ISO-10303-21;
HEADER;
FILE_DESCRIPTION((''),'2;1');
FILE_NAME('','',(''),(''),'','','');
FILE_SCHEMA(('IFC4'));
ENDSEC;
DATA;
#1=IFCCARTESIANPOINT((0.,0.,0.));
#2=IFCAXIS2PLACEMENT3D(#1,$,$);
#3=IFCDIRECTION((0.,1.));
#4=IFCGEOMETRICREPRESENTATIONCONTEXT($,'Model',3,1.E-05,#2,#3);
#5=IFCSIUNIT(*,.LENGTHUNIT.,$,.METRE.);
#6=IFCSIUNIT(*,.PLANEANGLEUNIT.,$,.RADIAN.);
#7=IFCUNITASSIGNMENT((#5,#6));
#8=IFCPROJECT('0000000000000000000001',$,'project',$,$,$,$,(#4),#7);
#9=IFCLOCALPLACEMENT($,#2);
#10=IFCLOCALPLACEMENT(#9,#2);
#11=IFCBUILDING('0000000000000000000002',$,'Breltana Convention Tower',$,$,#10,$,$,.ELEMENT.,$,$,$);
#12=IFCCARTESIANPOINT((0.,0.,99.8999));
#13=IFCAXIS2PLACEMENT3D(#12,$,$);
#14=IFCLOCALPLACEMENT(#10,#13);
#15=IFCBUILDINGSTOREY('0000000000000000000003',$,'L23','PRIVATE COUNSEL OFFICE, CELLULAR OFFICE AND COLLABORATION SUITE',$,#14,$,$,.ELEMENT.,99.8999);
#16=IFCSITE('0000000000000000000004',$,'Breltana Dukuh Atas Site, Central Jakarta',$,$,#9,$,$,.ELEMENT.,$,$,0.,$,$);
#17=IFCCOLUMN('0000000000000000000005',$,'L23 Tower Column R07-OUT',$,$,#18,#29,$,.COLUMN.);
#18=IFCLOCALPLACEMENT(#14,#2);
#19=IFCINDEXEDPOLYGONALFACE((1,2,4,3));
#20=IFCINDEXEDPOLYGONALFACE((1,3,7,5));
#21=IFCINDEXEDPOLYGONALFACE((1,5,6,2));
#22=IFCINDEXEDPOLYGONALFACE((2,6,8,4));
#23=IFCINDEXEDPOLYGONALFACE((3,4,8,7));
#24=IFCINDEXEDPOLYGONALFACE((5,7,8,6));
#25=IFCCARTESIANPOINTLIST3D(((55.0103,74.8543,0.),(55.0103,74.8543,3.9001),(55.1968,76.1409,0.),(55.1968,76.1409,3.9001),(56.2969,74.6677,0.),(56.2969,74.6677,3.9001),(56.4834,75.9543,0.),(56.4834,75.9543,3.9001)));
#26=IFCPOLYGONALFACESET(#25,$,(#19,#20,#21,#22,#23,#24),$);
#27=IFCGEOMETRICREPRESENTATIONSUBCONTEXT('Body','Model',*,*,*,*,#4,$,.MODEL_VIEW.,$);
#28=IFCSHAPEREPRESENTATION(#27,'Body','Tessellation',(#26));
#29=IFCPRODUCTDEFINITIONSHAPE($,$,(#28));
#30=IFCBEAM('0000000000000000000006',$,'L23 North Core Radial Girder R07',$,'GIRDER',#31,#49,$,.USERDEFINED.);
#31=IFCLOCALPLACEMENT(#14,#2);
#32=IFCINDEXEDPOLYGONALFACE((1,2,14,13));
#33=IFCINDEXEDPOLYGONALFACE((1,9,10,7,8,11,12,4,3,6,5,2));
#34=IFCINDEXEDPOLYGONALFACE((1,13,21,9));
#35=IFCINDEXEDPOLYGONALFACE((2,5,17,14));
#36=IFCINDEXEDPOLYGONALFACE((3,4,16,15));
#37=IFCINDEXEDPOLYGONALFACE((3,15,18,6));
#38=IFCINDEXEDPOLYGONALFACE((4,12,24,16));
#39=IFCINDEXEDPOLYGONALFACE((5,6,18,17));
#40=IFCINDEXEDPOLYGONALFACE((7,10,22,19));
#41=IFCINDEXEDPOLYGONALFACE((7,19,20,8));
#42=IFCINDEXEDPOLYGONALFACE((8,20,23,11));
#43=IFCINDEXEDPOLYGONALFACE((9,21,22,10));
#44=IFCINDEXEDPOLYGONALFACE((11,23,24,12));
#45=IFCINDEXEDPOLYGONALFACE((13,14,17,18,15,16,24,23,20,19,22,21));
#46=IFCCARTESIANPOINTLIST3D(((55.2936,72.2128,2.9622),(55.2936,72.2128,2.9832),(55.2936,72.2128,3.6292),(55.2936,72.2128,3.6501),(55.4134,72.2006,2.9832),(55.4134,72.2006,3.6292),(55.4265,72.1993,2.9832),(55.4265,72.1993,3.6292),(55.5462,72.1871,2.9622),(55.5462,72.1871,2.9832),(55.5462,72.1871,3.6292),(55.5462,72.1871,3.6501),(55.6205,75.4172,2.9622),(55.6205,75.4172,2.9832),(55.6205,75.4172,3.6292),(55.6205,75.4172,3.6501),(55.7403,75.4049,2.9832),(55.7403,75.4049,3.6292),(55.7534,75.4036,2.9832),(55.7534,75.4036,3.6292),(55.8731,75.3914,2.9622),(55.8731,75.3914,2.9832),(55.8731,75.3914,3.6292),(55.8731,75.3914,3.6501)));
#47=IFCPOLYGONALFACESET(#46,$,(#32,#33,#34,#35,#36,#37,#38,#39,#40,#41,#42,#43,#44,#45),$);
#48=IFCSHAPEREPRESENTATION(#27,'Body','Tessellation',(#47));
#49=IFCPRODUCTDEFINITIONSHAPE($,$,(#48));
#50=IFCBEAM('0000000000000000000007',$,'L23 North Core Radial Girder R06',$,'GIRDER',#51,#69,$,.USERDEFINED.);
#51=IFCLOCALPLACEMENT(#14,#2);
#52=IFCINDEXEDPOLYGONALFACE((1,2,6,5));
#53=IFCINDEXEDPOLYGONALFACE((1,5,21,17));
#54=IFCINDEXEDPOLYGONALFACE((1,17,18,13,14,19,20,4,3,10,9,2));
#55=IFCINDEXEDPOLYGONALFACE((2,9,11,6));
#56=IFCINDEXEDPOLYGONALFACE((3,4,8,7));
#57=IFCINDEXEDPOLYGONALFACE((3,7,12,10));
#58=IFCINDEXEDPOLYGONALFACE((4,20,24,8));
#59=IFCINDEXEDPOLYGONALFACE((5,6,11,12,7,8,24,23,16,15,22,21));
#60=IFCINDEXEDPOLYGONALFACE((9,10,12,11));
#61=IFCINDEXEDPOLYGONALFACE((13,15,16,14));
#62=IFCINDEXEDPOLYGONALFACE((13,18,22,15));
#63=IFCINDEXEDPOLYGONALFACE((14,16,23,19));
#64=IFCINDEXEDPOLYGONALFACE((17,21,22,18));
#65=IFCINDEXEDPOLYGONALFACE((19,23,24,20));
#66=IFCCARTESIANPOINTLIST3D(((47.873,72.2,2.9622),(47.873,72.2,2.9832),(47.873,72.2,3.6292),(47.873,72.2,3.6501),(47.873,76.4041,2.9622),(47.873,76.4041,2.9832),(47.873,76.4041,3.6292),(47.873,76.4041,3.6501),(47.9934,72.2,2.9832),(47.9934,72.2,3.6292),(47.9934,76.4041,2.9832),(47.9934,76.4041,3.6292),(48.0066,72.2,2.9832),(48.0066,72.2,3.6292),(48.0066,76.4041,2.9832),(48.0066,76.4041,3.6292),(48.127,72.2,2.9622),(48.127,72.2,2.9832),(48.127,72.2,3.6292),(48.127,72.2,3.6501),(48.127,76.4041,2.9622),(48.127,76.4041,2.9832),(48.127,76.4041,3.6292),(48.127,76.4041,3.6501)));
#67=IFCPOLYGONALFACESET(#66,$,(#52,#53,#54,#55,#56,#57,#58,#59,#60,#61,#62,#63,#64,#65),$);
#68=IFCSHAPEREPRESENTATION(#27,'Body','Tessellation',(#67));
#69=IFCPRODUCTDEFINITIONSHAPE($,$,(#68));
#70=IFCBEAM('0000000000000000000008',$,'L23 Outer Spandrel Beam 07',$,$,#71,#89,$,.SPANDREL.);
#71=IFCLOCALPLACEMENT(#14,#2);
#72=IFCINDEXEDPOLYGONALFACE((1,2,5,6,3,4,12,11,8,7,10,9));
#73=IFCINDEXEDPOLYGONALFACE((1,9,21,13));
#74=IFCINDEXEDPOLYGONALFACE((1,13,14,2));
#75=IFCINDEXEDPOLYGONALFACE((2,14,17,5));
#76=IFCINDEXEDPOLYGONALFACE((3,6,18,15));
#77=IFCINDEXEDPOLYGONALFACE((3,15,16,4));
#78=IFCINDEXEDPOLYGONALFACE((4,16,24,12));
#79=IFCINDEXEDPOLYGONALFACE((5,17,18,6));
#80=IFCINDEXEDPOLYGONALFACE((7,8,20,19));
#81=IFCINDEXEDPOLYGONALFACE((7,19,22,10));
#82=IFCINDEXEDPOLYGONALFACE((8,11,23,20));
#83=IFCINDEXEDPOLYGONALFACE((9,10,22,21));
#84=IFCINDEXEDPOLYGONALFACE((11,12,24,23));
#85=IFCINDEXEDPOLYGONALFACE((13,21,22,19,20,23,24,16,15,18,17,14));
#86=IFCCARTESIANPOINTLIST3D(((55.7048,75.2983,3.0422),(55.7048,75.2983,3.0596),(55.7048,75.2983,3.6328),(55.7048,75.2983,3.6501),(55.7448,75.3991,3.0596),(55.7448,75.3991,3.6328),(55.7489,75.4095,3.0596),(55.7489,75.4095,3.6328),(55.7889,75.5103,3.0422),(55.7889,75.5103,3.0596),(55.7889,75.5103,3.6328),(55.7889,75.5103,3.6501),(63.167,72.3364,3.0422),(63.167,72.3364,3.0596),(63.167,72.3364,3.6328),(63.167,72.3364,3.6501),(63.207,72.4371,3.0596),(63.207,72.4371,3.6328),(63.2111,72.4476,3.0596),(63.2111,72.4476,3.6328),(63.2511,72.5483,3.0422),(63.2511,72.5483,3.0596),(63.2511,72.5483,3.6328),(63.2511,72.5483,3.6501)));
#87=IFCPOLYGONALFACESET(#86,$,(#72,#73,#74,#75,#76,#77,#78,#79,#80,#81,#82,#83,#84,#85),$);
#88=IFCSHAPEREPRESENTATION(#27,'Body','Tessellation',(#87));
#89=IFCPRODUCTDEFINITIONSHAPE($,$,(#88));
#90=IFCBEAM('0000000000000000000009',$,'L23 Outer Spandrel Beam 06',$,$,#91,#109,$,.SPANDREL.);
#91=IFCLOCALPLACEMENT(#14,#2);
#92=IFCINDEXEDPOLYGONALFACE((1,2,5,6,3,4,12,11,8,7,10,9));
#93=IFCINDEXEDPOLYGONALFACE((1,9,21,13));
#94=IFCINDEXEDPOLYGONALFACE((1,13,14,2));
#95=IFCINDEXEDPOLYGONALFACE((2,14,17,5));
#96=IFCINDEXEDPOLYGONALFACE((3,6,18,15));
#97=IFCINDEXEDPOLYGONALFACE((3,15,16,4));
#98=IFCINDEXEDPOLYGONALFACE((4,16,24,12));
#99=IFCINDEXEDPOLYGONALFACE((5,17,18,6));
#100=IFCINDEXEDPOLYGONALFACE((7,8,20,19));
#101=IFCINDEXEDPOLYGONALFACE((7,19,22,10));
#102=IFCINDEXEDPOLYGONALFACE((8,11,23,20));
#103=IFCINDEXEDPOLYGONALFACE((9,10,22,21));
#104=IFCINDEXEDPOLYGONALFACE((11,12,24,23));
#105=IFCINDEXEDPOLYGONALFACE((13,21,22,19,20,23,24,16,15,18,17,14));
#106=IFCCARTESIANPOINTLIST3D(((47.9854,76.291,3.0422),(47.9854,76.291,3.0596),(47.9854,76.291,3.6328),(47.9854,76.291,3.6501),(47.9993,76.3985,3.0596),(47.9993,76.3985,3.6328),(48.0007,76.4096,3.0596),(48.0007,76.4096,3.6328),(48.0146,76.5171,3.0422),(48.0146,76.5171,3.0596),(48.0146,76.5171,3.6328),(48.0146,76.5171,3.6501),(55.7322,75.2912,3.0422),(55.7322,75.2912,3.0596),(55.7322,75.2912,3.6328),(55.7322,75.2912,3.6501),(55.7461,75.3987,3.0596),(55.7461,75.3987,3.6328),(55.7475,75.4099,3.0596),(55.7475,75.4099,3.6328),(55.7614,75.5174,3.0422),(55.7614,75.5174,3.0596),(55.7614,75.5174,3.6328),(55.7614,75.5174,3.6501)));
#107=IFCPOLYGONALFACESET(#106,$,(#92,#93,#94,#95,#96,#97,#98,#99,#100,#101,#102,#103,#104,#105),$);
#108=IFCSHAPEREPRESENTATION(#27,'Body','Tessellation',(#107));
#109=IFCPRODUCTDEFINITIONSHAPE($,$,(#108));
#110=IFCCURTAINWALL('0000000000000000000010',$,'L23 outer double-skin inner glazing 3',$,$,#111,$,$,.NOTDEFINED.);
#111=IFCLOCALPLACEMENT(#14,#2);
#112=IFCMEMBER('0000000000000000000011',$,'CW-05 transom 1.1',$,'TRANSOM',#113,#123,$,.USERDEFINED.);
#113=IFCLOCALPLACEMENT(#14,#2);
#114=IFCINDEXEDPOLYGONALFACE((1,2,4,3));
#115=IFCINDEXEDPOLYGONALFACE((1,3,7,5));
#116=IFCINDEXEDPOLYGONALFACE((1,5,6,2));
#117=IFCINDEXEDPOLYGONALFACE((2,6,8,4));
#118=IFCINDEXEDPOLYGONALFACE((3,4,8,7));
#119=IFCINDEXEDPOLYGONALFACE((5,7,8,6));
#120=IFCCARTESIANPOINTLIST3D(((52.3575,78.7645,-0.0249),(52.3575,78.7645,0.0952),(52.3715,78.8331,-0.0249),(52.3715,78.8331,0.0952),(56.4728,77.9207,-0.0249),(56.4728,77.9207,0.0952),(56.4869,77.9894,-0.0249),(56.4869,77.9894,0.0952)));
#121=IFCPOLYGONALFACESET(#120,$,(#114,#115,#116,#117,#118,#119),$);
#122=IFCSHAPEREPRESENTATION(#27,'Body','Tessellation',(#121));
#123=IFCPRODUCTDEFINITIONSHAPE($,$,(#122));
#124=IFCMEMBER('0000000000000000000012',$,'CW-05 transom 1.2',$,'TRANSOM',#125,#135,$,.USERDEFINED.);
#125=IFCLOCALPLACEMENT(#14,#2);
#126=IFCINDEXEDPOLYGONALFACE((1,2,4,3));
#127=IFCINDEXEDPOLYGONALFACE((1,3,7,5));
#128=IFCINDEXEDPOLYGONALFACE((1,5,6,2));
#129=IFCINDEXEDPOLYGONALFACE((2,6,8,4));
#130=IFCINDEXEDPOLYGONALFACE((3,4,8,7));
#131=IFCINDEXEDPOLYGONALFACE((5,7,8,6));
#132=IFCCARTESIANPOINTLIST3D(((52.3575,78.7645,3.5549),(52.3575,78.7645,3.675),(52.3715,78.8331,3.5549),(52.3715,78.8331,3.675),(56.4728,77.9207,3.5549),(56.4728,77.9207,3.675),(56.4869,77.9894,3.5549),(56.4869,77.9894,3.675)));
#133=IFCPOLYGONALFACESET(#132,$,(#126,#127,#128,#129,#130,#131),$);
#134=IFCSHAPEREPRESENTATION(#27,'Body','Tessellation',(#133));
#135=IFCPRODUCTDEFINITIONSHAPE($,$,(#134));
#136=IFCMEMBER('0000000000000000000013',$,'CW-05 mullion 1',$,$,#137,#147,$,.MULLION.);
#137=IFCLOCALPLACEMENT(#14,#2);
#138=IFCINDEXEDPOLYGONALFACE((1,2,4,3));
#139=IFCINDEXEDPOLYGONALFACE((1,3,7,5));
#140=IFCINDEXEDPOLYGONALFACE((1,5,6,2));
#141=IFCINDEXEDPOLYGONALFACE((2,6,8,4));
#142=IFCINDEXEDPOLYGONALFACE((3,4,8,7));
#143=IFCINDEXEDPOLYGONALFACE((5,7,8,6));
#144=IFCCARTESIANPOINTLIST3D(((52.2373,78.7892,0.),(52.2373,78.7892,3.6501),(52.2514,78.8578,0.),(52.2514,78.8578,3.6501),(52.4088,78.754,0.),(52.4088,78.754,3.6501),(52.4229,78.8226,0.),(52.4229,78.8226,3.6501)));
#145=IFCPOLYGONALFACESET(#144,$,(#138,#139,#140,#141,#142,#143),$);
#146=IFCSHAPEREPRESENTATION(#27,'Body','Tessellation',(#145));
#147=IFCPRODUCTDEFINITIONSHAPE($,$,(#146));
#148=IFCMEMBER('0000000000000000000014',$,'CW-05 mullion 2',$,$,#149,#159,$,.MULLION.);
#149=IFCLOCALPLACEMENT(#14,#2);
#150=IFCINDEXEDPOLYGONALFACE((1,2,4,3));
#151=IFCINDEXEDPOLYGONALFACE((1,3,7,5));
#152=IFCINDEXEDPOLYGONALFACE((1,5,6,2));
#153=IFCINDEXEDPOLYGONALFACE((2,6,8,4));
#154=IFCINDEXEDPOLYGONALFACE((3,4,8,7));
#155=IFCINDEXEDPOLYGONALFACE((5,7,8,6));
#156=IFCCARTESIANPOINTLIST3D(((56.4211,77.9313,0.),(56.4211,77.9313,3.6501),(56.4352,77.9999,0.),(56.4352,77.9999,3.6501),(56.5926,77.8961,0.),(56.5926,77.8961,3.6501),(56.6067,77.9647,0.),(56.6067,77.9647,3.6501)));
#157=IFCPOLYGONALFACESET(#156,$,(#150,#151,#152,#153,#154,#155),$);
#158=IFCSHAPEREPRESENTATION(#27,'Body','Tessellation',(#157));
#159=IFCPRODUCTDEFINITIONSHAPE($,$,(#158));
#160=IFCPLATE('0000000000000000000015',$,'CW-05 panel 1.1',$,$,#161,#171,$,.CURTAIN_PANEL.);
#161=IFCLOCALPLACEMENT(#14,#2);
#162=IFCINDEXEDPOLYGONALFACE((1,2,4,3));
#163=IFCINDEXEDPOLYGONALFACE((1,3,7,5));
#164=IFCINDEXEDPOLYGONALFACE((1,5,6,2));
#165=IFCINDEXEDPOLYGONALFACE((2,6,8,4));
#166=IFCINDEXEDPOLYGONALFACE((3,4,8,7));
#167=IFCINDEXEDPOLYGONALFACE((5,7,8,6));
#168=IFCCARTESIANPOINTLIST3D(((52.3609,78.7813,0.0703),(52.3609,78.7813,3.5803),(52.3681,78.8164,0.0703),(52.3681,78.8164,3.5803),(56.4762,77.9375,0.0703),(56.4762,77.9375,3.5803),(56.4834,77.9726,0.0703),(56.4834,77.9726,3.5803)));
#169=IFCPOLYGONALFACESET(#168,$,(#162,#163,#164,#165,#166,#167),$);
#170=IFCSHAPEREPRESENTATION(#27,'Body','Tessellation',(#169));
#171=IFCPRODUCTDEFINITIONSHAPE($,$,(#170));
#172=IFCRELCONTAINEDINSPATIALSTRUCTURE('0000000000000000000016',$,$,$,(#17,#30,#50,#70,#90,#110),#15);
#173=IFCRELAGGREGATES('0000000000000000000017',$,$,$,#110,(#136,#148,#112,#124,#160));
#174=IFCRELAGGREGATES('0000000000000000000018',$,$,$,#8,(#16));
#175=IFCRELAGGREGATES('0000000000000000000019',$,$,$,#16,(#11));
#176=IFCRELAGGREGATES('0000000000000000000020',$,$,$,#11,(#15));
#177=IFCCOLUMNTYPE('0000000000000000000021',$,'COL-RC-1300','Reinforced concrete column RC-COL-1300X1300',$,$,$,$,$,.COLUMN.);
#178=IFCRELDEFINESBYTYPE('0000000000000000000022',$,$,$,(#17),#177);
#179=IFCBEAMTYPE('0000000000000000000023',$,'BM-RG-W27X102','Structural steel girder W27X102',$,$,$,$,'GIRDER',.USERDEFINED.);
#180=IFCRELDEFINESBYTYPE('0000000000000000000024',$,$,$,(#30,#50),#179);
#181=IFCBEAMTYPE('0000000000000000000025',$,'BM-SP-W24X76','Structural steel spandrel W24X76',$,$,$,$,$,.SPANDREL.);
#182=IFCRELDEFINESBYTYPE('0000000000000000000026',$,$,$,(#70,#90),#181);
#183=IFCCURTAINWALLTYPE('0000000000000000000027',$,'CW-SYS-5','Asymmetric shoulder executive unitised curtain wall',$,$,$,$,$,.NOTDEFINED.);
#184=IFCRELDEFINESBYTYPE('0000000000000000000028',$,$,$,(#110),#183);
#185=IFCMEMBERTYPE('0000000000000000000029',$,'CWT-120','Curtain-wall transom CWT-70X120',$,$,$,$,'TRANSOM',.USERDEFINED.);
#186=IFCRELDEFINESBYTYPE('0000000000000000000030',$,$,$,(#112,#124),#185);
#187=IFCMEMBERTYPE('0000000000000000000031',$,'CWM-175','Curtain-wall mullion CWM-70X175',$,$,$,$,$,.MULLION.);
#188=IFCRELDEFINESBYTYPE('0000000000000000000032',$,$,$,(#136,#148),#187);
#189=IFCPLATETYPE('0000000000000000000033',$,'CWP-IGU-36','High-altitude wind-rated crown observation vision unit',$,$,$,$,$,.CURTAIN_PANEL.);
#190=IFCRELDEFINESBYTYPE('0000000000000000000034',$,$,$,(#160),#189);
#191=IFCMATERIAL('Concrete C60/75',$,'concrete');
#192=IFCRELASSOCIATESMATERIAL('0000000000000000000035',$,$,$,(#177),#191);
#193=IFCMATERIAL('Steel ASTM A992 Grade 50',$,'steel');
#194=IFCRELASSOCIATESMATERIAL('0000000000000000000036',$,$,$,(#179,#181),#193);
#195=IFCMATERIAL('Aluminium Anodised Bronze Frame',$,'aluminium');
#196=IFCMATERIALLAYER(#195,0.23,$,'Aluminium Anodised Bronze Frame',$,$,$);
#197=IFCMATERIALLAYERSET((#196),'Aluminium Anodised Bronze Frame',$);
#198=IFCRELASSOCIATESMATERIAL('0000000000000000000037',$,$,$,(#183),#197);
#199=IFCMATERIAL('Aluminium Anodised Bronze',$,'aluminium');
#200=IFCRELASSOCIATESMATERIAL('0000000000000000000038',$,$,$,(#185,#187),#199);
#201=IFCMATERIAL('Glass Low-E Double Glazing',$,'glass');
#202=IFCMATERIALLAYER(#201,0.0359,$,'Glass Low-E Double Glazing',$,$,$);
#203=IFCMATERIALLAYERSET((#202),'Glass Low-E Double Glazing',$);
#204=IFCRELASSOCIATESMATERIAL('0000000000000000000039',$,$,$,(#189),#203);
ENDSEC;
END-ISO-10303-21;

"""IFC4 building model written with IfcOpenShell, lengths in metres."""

from ifc_helpers import new_model, si_unit, direction, frame, origin, origin_2d, place, context, subcontext, project, spatial, rectangle, i_section, extrude, source, transform, mapped, material, layer, layer_set, material_profile, profile_set, type_object, element, aggregate, save


model = new_model("IFC4")

# Units and contexts
model_context = context("Model", 3, precision=1e-05, world=origin(), true_north=direction((0.0, 1.0)))
body_context = subcontext(model_context, "Body", "Model", "MODEL_VIEW")
ifc_project = project(units=[si_unit("LENGTHUNIT", "METRE"), si_unit("PLANEANGLEUNIT", "RADIAN")], contexts=[model_context])

# Site, building, storey
site_placement = place(None, origin())
site = spatial("IfcSite", under=ifc_project, at=site_placement, Name="Breltana Dukuh Atas Site, Central Jakarta", CompositionType="ELEMENT", RefElevation=0.0)
building_placement = place(site_placement, origin())
building = spatial("IfcBuilding", under=site, at=building_placement, Name="Breltana Convention Tower", CompositionType="ELEMENT")
storey_placement = place(building_placement, frame((0.0, 0.0, 99.8999)))
storey = spatial("IfcBuildingStorey", under=building, at=storey_placement, Name="L23", Description="PRIVATE COUNSEL OFFICE, CELLULAR OFFICE AND COLLABORATION SUITE", CompositionType="ELEMENT", Elevation=99.8999)

# Column
ifc_material_1 = material(Name="Concrete C60/75", Category="concrete")
ifc_material_profile_1 = material_profile(ifc_material_1, rectangle(XDim=1.3, YDim=1.3, at=origin_2d()), Name="RC-COL-1300X1300")
ifc_profile_set_1 = profile_set([ifc_material_profile_1], Name="Concrete C60/75")
column_type = type_object("IfcColumnType", Name="COL-RC-1300", Description="Reinforced concrete column RC-COL-1300X1300", PredefinedType="COLUMN", material=ifc_profile_set_1)
shared_shape_1 = source(origin(), body_context, "Body", "SweptSolid", [
    extrude(rectangle(XDim=1.3, YDim=1.3, at=origin_2d()), origin(), (0.0, 0.0, 1.0), 3.9001),
])
column_placement = place(storey_placement, frame((55.7468, 75.4043, 0.0), z_axis=(0.0, 0.0, 1.0), x_axis=(0.143493, 0.989651, 0.0)))
element("IfcColumn", 1, at=column_placement, inside=storey, type_object=column_type, Name="L23 Tower Column R07-OUT", PredefinedType="COLUMN", context=body_context, shape_type="MappedRepresentation", body=[
    mapped(shared_shape_1, transform((0.0, 0.0, 0.0), scale=1.0)),
])

# Beams
ifc_material_2 = material(Name="Steel ASTM A992 Grade 50", Category="steel")
ifc_material_profile_2 = material_profile(ifc_material_2, i_section(OverallWidth=0.2539, OverallDepth=0.688, WebThickness=0.0132, FlangeThickness=0.021, at=origin_2d()), Name="W27X102")
ifc_profile_set_2 = profile_set([ifc_material_profile_2], Name="Steel ASTM A992 Grade 50")
beam_type_1 = type_object("IfcBeamType", Name="BM-RG-W27X102", Description="Structural steel girder W27X102", ElementType="GIRDER", PredefinedType="USERDEFINED", material=ifc_profile_set_2)
shared_shape_2 = source(origin(), body_context, "Body", "SweptSolid", [
    extrude(i_section(OverallWidth=0.2539, OverallDepth=0.688, WebThickness=0.0132, FlangeThickness=0.021, at=origin_2d()), origin(), (0.0, 0.0, 1.0), 3.2209),
])
beam_1_placement = place(storey_placement, frame((55.4199, 72.2, 3.3062), z_axis=(0.101492, 0.994836, 0.0), x_axis=(-0.994836, 0.101492, 0.0)))
element("IfcBeam", 2, at=beam_1_placement, inside=storey, type_object=beam_type_1, Name="L23 North Core Radial Girder R07", ObjectType="GIRDER", PredefinedType="USERDEFINED", context=body_context, shape_type="MappedRepresentation", body=[
    mapped(shared_shape_2, transform((0.0, 0.0, 0.0), scale=1.0)),
])
shared_shape_3 = source(origin(), body_context, "Body", "SweptSolid", [
    extrude(i_section(OverallWidth=0.2539, OverallDepth=0.688, WebThickness=0.0132, FlangeThickness=0.021, at=origin_2d()), origin(), (0.0, 0.0, 1.0), 4.2041),
])
beam_2_placement = place(storey_placement, frame((48.0, 72.2, 3.3062), z_axis=(0.0, 1.0, 0.0), x_axis=(-1.0, 0.0, 0.0)))
element("IfcBeam", 3, at=beam_2_placement, inside=storey, type_object=beam_type_1, Name="L23 North Core Radial Girder R06", ObjectType="GIRDER", PredefinedType="USERDEFINED", context=body_context, shape_type="MappedRepresentation", body=[
    mapped(shared_shape_3, transform((0.0, 0.0, 0.0), scale=1.0)),
])
ifc_material_profile_3 = material_profile(ifc_material_2, i_section(OverallWidth=0.228, OverallDepth=0.6079, WebThickness=0.0112, FlangeThickness=0.0173, at=origin_2d()), Name="W24X76")
ifc_profile_set_3 = profile_set([ifc_material_profile_3], Name="Steel ASTM A992 Grade 50")
beam_type_2 = type_object("IfcBeamType", Name="BM-SP-W24X76", Description="Structural steel spandrel W24X76", PredefinedType="SPANDREL", material=ifc_profile_set_3)
shared_shape_4 = source(origin(), body_context, "Body", "SweptSolid", [
    extrude(i_section(OverallWidth=0.228, OverallDepth=0.6079, WebThickness=0.0112, FlangeThickness=0.0173, at=origin_2d()), origin(), (0.0, 0.0, 1.0), 8.0286),
])
beam_3_placement = place(storey_placement, frame((55.7468, 75.4043, 3.3462), z_axis=(0.929459, -0.368925, 0.0), x_axis=(0.368925, 0.929459, 0.0)))
element("IfcBeam", 4, at=beam_3_placement, inside=storey, type_object=beam_type_2, Name="L23 Outer Spandrel Beam 07", PredefinedType="SPANDREL", context=body_context, shape_type="MappedRepresentation", body=[
    mapped(shared_shape_4, transform((0.0, 0.0, 0.0), scale=1.0)),
])
shared_shape_5 = source(origin(), body_context, "Body", "SweptSolid", [
    extrude(i_section(OverallWidth=0.228, OverallDepth=0.6079, WebThickness=0.0112, FlangeThickness=0.0173, at=origin_2d()), origin(), (0.0, 0.0, 1.0), 7.811),
])
beam_4_placement = place(storey_placement, frame((48.0, 76.4041, 3.3462), z_axis=(0.991775, -0.127992, 0.0), x_axis=(0.127992, 0.991775, 0.0)))
element("IfcBeam", 5, at=beam_4_placement, inside=storey, type_object=beam_type_2, Name="L23 Outer Spandrel Beam 06", PredefinedType="SPANDREL", context=body_context, shape_type="MappedRepresentation", body=[
    mapped(shared_shape_5, transform((0.0, 0.0, 0.0), scale=1.0)),
])

# Curtain wall, members, plate
ifc_material_3 = material(Name="Aluminium Anodised Bronze Frame", Category="aluminium")
ifc_layer_1 = layer(ifc_material_3, 0.23, Name="Aluminium Anodised Bronze Frame")
ifc_layer_set_1 = layer_set([ifc_layer_1], Name="Aluminium Anodised Bronze Frame")
curtain_wall_type = type_object("IfcCurtainWallType", Name="CW-SYS-5", Description="Asymmetric shoulder executive unitised curtain wall", PredefinedType="NOTDEFINED", material=ifc_layer_set_1)
curtain_wall_placement = place(storey_placement, origin())
curtain_wall = element("IfcCurtainWall", 6, at=curtain_wall_placement, inside=storey, type_object=curtain_wall_type, Name="L23 outer double-skin inner glazing 3", PredefinedType="NOTDEFINED")
ifc_material_4 = material(Name="Aluminium Anodised Bronze", Category="aluminium")
ifc_material_profile_4 = material_profile(ifc_material_4, rectangle(XDim=0.0701, YDim=0.1201, at=origin_2d()), Name="CWT-70X120")
ifc_profile_set_4 = profile_set([ifc_material_profile_4], Name="Aluminium Anodised Bronze")
member_type_1 = type_object("IfcMemberType", Name="CWT-120", Description="Curtain-wall transom CWT-70X120", ElementType="TRANSOM", PredefinedType="USERDEFINED", material=ifc_profile_set_4)
shared_shape_6 = source(origin(), body_context, "Body", "SweptSolid", [
    extrude(rectangle(XDim=0.0701, YDim=0.1201, at=origin_2d()), origin(), (0.0, 0.0, 1.0), 4.2009),
])
member_1_placement = place(storey_placement, frame((52.3645, 78.7988, 0.0352), z_axis=(0.979621, -0.200853, 0.0), x_axis=(0.200853, 0.979621, 0.0)))
member_1 = element("IfcMember", 7, at=member_1_placement, type_object=member_type_1, Name="CW-05 transom 1.1", ObjectType="TRANSOM", PredefinedType="USERDEFINED", context=body_context, shape_type="MappedRepresentation", body=[
    mapped(shared_shape_6, transform((0.0, 0.0, 0.0), scale=1.0)),
])
member_2_placement = place(storey_placement, frame((52.3645, 78.7988, 3.615), z_axis=(0.979621, -0.200853, 0.0), x_axis=(0.200853, 0.979621, 0.0)))
member_2 = element("IfcMember", 8, at=member_2_placement, type_object=member_type_1, Name="CW-05 transom 1.2", ObjectType="TRANSOM", PredefinedType="USERDEFINED", context=body_context, shape_type="MappedRepresentation", body=[
    mapped(shared_shape_6, transform((0.0, 0.0, 0.0), scale=1.0)),
])
ifc_material_profile_5 = material_profile(ifc_material_4, rectangle(XDim=0.0701, YDim=0.175, at=origin_2d()), Name="CWM-70X175")
ifc_profile_set_5 = profile_set([ifc_material_profile_5], Name="Aluminium Anodised Bronze")
member_type_2 = type_object("IfcMemberType", Name="CWM-175", Description="Curtain-wall mullion CWM-70X175", PredefinedType="MULLION", material=ifc_profile_set_5)
shared_shape_7 = source(origin(), body_context, "Body", "SweptSolid", [
    extrude(rectangle(XDim=0.0701, YDim=0.175, at=origin_2d()), origin(), (0.0, 0.0, 1.0), 3.6501),
])
member_3_placement = place(storey_placement, frame((52.3301, 78.8059, 0.0), z_axis=(0.0, 0.0, 1.0), x_axis=(0.200859, 0.97962, 0.0)))
member_3 = element("IfcMember", 9, at=member_3_placement, type_object=member_type_2, Name="CW-05 mullion 1", PredefinedType="MULLION", context=body_context, shape_type="MappedRepresentation", body=[
    mapped(shared_shape_7, transform((0.0, 0.0, 0.0), scale=1.0)),
])
member_4_placement = place(storey_placement, frame((56.5139, 77.948, 0.0), z_axis=(0.0, 0.0, 1.0), x_axis=(0.200859, 0.97962, 0.0)))
member_4 = element("IfcMember", 10, at=member_4_placement, type_object=member_type_2, Name="CW-05 mullion 2", PredefinedType="MULLION", context=body_context, shape_type="MappedRepresentation", body=[
    mapped(shared_shape_7, transform((0.0, 0.0, 0.0), scale=1.0)),
])
ifc_material_5 = material(Name="Glass Low-E Double Glazing", Category="glass")
ifc_layer_2 = layer(ifc_material_5, 0.0359, Name="Glass Low-E Double Glazing")
ifc_layer_set_2 = layer_set([ifc_layer_2], Name="Glass Low-E Double Glazing")
plate_type = type_object("IfcPlateType", Name="CWP-IGU-36", Description="High-altitude wind-rated crown observation vision unit", PredefinedType="CURTAIN_PANEL", material=ifc_layer_set_2)
shared_shape_8 = source(origin(), body_context, "Body", "SweptSolid", [
    extrude(rectangle(XDim=4.2009, YDim=0.0359, at=origin_2d()), origin(), (0.0, 0.0, 1.0), 3.51),
])
plate_placement = place(storey_placement, frame((54.4221, 78.377, 0.0703), z_axis=(0.0, 0.0, 1.0), x_axis=(0.97962, -0.200859, 0.0)))
plate = element("IfcPlate", 11, at=plate_placement, type_object=plate_type, Name="CW-05 panel 1.1", PredefinedType="CURTAIN_PANEL", context=body_context, shape_type="MappedRepresentation", body=[
    mapped(shared_shape_8, transform((0.0, 0.0, 0.0), scale=1.0)),
])
aggregate(curtain_wall, [member_3, member_4, member_1, member_2, plate])

save(model, "model.ifc")
